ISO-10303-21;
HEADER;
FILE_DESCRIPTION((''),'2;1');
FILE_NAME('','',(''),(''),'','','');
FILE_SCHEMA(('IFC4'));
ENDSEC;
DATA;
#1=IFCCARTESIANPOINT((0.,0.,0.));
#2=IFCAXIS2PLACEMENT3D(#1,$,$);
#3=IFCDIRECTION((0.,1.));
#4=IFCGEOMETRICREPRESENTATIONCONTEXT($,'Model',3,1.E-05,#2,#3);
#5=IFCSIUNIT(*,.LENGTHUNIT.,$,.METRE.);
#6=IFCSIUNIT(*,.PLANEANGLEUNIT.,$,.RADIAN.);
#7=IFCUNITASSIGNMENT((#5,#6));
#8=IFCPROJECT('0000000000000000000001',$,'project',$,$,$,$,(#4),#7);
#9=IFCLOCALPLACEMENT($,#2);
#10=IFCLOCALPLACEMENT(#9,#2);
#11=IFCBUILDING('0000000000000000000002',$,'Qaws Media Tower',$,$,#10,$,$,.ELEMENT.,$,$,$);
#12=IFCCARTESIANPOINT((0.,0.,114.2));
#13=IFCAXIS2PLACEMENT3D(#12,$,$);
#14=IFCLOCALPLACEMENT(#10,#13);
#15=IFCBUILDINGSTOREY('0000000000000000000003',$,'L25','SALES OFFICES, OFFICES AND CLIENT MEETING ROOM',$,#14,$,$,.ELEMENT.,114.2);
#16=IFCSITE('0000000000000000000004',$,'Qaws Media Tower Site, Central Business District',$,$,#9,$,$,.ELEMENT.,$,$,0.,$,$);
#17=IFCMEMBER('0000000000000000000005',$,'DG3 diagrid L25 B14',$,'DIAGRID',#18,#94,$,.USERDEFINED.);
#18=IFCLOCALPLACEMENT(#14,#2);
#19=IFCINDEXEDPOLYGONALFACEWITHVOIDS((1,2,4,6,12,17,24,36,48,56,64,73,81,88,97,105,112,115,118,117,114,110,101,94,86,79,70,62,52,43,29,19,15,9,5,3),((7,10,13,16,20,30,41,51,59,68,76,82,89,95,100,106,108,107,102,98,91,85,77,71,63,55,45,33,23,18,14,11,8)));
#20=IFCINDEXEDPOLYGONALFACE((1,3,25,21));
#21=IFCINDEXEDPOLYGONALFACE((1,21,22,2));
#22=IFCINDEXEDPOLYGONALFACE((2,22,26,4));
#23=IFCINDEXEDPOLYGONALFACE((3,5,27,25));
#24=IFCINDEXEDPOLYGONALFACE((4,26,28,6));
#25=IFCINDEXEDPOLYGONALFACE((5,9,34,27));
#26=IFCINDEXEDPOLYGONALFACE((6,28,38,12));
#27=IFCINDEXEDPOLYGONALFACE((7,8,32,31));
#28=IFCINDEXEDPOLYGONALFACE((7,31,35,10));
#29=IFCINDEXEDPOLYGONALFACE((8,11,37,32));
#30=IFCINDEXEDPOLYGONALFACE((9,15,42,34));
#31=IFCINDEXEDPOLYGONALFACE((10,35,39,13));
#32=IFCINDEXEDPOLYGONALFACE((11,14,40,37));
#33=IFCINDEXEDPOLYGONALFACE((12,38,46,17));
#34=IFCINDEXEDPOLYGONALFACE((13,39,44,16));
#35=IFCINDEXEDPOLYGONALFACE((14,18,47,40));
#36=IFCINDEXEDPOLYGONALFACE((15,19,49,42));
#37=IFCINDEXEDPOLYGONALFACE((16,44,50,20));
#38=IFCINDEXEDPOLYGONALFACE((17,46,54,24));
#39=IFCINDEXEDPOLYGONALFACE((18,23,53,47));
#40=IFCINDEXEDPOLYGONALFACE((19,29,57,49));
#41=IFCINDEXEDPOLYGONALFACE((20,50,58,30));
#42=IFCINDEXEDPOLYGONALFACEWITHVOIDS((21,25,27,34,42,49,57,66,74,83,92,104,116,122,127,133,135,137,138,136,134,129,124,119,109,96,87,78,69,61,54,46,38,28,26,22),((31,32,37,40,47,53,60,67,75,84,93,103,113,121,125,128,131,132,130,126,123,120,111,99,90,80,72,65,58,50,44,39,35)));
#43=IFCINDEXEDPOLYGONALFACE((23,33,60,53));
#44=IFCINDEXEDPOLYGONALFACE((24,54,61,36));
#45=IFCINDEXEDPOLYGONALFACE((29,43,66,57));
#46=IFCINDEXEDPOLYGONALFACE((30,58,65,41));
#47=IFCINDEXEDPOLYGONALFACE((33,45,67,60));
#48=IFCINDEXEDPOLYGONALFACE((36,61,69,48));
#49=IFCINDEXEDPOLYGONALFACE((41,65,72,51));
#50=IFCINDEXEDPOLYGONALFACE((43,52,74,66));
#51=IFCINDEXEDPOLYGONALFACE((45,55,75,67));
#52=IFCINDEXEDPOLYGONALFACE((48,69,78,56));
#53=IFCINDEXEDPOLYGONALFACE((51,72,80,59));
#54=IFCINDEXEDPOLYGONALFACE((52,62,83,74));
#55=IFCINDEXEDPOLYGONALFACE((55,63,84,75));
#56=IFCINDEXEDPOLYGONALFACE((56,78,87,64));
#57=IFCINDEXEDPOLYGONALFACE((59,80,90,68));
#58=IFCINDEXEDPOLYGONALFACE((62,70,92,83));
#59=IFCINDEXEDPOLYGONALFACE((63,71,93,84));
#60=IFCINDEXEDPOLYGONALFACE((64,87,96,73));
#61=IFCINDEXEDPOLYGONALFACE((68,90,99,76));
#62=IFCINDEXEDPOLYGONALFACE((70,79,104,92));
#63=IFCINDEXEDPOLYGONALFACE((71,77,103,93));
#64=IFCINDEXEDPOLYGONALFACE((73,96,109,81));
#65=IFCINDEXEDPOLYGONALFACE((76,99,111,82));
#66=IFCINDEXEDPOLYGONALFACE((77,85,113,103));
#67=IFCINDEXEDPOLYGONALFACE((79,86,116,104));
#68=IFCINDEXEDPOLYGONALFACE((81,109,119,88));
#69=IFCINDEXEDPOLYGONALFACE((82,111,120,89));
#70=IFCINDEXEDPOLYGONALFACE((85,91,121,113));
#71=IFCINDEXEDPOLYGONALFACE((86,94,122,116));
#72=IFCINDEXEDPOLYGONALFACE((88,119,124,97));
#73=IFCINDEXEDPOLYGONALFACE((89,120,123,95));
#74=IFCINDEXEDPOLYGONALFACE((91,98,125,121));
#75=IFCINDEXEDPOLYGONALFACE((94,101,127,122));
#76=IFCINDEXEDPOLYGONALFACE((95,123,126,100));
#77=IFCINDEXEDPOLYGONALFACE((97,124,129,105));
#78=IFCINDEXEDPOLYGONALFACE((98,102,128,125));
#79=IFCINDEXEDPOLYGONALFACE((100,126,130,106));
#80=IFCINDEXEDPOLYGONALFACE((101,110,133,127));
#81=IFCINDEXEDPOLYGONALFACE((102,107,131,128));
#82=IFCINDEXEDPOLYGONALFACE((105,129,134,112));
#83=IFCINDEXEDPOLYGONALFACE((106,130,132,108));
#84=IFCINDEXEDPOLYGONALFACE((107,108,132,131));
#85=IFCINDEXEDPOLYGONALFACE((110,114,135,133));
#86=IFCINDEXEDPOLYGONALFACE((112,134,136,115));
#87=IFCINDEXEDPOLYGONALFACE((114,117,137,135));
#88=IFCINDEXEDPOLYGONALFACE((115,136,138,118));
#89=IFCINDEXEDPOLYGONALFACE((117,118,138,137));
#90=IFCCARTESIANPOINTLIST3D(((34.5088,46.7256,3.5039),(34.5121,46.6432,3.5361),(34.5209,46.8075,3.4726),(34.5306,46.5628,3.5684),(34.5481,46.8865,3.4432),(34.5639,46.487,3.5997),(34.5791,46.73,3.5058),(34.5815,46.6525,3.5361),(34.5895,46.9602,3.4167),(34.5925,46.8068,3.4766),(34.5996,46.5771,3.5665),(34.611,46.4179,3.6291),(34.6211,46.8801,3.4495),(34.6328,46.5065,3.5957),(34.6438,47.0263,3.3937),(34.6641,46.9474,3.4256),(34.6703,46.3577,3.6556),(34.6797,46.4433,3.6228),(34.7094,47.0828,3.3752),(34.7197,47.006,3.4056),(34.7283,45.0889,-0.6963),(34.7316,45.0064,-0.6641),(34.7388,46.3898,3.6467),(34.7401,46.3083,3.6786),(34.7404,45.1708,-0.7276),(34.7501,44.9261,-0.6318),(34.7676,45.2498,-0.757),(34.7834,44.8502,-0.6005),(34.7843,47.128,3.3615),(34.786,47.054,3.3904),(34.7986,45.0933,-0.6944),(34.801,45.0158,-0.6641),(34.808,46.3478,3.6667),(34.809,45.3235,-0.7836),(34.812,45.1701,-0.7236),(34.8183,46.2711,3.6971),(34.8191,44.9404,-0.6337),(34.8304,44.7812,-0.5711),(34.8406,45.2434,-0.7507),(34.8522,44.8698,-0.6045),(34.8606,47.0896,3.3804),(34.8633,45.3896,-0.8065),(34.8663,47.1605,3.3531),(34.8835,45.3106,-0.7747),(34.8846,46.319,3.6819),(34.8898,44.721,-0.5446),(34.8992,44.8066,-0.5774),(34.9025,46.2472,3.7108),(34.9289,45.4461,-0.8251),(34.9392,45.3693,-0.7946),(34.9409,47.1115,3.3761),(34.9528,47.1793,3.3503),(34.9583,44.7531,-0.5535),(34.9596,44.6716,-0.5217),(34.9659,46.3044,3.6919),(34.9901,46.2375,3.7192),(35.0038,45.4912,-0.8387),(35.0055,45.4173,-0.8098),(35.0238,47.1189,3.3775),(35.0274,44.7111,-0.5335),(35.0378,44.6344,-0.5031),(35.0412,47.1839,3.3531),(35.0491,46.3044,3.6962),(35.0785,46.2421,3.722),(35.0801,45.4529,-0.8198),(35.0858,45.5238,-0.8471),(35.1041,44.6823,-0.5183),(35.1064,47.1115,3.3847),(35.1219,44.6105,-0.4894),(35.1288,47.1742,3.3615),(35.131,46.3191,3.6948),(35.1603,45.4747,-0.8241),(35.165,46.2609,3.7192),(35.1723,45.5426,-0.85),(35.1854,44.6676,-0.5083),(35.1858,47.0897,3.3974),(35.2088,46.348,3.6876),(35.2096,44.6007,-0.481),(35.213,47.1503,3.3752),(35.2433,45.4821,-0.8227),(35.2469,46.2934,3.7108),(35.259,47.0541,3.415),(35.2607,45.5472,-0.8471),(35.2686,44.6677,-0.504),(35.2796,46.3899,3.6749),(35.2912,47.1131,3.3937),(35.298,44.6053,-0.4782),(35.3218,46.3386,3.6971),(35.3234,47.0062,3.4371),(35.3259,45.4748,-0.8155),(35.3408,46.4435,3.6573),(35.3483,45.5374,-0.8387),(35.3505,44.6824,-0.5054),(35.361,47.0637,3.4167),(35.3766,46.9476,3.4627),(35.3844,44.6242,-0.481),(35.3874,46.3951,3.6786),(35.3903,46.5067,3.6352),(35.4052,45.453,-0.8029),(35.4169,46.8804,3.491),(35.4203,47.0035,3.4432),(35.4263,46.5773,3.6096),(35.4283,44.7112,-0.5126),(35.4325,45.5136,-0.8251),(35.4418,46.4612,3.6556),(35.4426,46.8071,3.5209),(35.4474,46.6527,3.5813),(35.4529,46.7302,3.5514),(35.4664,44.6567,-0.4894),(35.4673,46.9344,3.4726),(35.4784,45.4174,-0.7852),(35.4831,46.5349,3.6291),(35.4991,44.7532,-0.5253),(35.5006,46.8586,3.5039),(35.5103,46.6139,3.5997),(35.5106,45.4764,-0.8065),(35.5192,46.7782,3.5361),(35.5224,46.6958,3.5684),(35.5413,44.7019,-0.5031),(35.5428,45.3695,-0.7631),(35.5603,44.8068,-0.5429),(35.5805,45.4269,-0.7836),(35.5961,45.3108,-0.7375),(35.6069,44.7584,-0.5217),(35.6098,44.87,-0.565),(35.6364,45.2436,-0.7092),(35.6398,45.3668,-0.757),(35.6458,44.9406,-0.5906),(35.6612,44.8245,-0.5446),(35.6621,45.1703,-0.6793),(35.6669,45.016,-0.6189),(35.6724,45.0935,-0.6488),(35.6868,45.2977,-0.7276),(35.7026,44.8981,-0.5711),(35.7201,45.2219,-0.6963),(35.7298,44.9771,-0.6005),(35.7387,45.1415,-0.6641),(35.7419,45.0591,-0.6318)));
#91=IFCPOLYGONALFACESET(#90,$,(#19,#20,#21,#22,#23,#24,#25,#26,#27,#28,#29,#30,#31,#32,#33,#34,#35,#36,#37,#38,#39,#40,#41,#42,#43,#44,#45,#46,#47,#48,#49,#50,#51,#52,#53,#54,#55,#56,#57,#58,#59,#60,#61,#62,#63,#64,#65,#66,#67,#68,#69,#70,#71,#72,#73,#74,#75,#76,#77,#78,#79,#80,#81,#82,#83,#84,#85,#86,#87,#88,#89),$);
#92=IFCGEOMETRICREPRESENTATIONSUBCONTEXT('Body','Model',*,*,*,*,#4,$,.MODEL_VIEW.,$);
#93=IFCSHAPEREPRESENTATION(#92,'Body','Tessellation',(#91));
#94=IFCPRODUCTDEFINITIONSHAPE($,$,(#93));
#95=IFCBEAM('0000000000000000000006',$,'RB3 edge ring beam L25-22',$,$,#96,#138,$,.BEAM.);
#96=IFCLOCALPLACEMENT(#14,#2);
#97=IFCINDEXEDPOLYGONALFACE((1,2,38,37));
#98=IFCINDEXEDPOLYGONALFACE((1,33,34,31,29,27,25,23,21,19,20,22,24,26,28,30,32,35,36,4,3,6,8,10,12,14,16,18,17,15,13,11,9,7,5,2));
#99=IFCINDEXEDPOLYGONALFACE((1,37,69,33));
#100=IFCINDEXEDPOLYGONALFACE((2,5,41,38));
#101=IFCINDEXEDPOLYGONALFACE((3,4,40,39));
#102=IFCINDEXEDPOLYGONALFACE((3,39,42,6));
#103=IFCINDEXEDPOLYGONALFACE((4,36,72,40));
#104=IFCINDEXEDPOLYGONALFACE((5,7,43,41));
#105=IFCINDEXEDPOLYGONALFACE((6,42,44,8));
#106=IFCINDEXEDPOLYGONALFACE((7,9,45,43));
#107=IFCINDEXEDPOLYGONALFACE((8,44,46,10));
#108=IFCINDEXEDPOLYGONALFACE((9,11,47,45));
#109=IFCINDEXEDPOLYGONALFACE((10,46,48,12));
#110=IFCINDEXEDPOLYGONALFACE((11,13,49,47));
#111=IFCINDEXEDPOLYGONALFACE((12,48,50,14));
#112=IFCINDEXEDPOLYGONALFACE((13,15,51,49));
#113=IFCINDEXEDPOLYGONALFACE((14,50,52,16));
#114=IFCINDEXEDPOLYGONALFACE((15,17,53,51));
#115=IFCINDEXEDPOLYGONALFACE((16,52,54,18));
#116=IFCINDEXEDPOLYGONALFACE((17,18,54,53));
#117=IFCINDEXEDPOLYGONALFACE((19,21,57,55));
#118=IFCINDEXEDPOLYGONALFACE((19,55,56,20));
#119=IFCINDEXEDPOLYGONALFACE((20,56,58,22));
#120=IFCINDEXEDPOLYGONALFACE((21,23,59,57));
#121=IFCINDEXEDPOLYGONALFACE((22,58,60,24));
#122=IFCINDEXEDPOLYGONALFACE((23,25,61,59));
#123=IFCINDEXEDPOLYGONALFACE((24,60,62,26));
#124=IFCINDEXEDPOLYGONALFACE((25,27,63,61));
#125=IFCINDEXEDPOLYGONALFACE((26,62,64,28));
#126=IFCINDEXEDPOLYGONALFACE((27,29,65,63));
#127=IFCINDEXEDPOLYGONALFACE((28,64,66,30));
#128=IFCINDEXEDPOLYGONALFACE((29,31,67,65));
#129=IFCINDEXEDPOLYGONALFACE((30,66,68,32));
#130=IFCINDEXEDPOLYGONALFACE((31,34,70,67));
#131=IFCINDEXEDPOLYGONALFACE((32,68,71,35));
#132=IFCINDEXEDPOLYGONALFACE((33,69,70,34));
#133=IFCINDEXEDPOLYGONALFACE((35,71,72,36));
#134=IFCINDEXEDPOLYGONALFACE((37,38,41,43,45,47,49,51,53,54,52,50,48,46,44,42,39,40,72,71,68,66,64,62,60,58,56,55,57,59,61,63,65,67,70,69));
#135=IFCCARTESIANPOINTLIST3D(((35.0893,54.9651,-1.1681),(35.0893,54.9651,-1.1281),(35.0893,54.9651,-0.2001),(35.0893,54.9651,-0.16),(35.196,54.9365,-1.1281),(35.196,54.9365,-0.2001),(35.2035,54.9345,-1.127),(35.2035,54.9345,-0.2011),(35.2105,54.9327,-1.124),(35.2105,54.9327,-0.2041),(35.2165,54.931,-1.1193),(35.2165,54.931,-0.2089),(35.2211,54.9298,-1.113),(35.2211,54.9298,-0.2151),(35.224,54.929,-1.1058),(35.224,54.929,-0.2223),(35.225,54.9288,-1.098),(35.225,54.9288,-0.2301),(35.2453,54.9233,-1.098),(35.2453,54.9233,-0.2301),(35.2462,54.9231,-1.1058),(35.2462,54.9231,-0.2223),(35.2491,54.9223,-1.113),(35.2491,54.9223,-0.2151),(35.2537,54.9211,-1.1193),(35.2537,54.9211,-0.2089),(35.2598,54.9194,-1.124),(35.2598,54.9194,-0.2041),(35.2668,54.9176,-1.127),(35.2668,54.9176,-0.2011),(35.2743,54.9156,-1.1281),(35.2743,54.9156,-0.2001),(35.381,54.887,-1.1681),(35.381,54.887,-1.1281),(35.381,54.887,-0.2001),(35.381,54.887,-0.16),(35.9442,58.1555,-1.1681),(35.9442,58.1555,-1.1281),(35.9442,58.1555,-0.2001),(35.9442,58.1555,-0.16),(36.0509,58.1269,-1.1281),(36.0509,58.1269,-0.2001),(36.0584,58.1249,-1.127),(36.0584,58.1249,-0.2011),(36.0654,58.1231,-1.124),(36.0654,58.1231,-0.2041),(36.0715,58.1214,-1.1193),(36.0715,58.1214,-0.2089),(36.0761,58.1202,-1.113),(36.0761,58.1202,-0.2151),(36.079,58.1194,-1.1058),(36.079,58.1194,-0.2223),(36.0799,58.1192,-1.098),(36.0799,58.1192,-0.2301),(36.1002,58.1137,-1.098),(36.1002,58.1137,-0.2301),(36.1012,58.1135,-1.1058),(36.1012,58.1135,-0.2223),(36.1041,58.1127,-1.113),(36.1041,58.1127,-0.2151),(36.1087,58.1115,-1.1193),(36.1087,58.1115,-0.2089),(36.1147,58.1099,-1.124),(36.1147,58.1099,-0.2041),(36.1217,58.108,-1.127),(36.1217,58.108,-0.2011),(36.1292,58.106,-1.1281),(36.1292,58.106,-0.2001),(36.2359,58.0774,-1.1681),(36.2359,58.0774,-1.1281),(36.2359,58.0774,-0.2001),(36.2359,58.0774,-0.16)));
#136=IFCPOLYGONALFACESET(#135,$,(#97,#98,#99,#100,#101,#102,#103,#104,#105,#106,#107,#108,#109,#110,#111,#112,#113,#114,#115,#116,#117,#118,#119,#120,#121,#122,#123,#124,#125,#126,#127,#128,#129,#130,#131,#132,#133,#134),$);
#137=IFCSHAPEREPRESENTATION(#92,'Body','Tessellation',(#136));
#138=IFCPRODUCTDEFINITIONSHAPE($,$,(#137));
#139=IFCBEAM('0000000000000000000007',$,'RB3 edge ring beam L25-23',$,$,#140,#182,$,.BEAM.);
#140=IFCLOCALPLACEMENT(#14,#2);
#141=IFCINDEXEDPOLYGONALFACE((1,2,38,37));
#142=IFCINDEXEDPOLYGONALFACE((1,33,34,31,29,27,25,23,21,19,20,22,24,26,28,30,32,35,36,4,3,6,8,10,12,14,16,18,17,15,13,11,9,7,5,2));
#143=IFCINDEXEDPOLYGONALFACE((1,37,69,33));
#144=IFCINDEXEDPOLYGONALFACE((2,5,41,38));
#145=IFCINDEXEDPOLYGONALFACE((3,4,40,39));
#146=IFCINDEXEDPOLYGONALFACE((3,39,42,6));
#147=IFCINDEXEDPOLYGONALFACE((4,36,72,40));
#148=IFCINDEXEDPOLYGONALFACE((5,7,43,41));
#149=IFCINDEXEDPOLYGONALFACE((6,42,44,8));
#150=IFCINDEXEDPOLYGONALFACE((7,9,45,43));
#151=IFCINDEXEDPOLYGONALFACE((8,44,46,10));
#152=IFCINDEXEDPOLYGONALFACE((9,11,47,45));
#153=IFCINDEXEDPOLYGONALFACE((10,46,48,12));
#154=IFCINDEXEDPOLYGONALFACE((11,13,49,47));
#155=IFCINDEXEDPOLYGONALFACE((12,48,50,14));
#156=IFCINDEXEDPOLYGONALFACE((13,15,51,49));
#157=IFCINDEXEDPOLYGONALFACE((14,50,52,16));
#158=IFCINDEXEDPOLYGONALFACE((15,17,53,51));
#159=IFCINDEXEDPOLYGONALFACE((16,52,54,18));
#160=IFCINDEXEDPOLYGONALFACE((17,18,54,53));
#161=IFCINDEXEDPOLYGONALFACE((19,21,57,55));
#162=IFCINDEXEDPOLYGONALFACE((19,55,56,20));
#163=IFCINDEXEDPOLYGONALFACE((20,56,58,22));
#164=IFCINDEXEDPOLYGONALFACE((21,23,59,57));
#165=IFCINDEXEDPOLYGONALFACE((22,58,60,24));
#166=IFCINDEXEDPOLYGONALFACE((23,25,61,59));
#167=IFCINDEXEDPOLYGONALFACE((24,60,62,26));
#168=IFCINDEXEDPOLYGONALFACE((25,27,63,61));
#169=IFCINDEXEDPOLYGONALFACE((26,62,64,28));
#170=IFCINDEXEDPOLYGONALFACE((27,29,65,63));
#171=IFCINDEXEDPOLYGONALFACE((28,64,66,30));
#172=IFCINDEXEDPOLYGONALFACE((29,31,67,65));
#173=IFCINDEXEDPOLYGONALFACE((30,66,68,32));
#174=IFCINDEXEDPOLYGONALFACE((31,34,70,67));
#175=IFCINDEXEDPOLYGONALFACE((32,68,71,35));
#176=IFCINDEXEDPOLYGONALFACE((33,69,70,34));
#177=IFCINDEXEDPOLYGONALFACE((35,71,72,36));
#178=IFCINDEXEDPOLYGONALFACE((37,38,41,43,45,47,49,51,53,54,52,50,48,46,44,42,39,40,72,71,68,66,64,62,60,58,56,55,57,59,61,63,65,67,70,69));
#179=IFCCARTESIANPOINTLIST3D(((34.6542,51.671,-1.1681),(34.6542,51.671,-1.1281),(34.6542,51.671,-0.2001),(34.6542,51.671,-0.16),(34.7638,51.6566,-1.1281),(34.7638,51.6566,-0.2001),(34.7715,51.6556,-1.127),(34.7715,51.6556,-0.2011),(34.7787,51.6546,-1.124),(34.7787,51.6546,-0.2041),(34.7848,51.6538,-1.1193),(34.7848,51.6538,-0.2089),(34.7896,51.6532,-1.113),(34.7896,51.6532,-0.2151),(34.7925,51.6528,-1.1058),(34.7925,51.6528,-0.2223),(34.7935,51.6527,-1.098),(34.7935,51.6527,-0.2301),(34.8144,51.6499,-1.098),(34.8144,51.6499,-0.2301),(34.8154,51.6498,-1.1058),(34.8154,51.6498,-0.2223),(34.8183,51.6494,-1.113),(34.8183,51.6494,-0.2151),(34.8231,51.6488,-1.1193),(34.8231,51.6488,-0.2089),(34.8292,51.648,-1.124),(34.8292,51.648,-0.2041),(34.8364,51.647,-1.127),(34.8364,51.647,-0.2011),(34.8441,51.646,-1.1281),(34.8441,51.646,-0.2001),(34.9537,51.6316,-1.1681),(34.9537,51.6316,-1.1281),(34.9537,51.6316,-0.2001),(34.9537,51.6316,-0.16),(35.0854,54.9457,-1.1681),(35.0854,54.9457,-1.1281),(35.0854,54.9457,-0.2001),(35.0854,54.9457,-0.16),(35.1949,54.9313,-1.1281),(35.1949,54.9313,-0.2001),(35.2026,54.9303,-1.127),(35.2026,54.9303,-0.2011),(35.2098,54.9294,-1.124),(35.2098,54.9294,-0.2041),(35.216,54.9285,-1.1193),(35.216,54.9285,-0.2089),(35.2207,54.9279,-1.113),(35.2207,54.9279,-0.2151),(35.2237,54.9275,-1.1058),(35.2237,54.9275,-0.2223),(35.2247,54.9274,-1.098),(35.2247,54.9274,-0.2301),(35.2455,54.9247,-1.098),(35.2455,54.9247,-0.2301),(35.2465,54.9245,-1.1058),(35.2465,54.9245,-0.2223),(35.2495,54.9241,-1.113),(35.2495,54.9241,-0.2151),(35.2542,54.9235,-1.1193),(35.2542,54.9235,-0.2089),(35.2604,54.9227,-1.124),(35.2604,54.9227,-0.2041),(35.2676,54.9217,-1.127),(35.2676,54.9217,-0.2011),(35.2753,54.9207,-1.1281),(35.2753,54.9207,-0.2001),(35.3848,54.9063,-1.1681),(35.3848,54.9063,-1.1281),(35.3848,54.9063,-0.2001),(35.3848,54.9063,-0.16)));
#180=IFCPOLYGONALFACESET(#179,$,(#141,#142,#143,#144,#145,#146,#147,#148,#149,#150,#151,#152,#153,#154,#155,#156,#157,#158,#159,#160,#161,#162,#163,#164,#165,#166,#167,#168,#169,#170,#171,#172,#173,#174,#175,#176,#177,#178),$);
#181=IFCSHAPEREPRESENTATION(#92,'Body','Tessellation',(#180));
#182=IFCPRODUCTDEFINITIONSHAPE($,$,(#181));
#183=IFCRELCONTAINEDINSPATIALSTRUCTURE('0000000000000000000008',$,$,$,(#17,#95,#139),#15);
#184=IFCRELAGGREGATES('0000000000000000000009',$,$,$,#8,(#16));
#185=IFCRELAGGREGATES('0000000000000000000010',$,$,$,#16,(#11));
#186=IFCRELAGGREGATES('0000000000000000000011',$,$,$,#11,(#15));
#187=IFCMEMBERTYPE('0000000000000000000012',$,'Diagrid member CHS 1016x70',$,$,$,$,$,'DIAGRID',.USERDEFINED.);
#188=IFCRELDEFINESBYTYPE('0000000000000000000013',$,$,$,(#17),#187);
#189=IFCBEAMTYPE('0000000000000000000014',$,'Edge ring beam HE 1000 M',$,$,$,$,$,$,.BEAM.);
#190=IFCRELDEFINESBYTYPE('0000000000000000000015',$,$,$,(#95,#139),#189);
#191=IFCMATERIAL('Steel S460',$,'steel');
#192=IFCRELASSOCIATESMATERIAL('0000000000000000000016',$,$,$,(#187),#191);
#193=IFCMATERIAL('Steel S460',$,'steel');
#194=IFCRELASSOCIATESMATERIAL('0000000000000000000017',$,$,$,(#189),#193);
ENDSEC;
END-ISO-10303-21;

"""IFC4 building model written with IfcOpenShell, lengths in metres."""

from ifc_helpers import new_model, si_unit, direction, frame, origin, origin_2d, place, context, subcontext, project, spatial, hollow_circle, i_section, extrude, material, material_profile, profile_set, type_object, element, save


model = new_model("IFC4")

# Units and contexts
model_context = context("Model", 3, precision=1e-05, world=origin(), true_north=direction((0.0, 1.0)))
body_context = subcontext(model_context, "Body", "Model", "MODEL_VIEW")
ifc_project = project(units=[si_unit("LENGTHUNIT", "METRE"), si_unit("PLANEANGLEUNIT", "RADIAN")], contexts=[model_context])

# Site, building, storey
site_placement = place(None, origin())
site = spatial("IfcSite", under=ifc_project, at=site_placement, Name="Qaws Media Tower Site, Central Business District", CompositionType="ELEMENT", RefElevation=0.0)
building_placement = place(site_placement, origin())
building = spatial("IfcBuilding", under=site, at=building_placement, Name="Qaws Media Tower", CompositionType="ELEMENT")
storey_placement = place(building_placement, frame((0.0, 0.0, 114.2)))
storey = spatial("IfcBuildingStorey", under=building, at=storey_placement, Name="L25", Description="SALES OFFICES, OFFICES AND CLIENT MEETING ROOM", CompositionType="ELEMENT", Elevation=114.2)

# Member
ifc_material_1 = material(Name="Steel S460", Category="steel")
ifc_material_profile_1 = material_profile(ifc_material_1, hollow_circle(Radius=0.5081, WallThickness=0.0701, at=origin_2d()), Name="CHS 1016x70")
ifc_profile_set_1 = profile_set([ifc_material_profile_1], Name="Steel S460")
member_type_1 = type_object("IfcMemberType", Name="Diagrid member CHS 1016x70", ElementType="DIAGRID", PredefinedType="USERDEFINED", material=ifc_profile_set_1)
for number, where, z_axis, x_axis, name in (
    (1, (35.2351, 45.074, -0.6641), (-0.048632, 0.362654, 0.930654), (-0.991128, -0.132909, 0.0), "DG3 diagrid L25 B14"),
):
    element("IfcMember", number, at=place(storey_placement, frame(where, z_axis=z_axis, x_axis=x_axis)), inside=storey, type_object=member_type_1, Name=name, ObjectType="DIAGRID", PredefinedType="USERDEFINED", context=body_context, shape_type="SweptSolid", body=[
        extrude(hollow_circle(Radius=0.5081, WallThickness=0.0701, at=origin_2d()), origin(), (0.0, 0.0, 1.0), 4.5132),
    ])

# Beams
ifc_material_2 = material(Name="Steel S460", Category="steel")
ifc_material_profile_2 = material_profile(ifc_material_2, i_section(OverallWidth=0.302, OverallDepth=1.0081, WebThickness=0.021, FlangeThickness=0.04, FilletRadius=0.03, at=origin_2d()), Name="HE 1000 M")
ifc_profile_set_2 = profile_set([ifc_material_profile_2], Name="Steel S460")
beam_type = type_object("IfcBeamType", Name="Edge ring beam HE 1000 M", PredefinedType="BEAM", material=ifc_profile_set_2)
for number, where, z_axis, x_axis, name in (
    (2, (36.0901, 58.1165, -0.6641), (-0.258849, -0.965918, 0.0), (0.965918, -0.258849, 0.0), "RB3 edge ring beam L25-22"),
    (3, (35.2351, 54.926, -0.6641), (-0.130537, -0.991443, 0.0), (0.991443, -0.130537, 0.0), "RB3 edge ring beam L25-23"),
):
    element("IfcBeam", number, at=place(storey_placement, frame(where, z_axis=z_axis, x_axis=x_axis)), inside=storey, type_object=beam_type, Name=name, PredefinedType="BEAM", context=body_context, shape_type="SweptSolid", body=[
        extrude(i_section(OverallWidth=0.302, OverallDepth=1.0081, WebThickness=0.021, FlangeThickness=0.04, FilletRadius=0.03, at=origin_2d()), origin(), (0.0, 0.0, 1.0), 3.303),
    ])

save(model, "model.ifc")
